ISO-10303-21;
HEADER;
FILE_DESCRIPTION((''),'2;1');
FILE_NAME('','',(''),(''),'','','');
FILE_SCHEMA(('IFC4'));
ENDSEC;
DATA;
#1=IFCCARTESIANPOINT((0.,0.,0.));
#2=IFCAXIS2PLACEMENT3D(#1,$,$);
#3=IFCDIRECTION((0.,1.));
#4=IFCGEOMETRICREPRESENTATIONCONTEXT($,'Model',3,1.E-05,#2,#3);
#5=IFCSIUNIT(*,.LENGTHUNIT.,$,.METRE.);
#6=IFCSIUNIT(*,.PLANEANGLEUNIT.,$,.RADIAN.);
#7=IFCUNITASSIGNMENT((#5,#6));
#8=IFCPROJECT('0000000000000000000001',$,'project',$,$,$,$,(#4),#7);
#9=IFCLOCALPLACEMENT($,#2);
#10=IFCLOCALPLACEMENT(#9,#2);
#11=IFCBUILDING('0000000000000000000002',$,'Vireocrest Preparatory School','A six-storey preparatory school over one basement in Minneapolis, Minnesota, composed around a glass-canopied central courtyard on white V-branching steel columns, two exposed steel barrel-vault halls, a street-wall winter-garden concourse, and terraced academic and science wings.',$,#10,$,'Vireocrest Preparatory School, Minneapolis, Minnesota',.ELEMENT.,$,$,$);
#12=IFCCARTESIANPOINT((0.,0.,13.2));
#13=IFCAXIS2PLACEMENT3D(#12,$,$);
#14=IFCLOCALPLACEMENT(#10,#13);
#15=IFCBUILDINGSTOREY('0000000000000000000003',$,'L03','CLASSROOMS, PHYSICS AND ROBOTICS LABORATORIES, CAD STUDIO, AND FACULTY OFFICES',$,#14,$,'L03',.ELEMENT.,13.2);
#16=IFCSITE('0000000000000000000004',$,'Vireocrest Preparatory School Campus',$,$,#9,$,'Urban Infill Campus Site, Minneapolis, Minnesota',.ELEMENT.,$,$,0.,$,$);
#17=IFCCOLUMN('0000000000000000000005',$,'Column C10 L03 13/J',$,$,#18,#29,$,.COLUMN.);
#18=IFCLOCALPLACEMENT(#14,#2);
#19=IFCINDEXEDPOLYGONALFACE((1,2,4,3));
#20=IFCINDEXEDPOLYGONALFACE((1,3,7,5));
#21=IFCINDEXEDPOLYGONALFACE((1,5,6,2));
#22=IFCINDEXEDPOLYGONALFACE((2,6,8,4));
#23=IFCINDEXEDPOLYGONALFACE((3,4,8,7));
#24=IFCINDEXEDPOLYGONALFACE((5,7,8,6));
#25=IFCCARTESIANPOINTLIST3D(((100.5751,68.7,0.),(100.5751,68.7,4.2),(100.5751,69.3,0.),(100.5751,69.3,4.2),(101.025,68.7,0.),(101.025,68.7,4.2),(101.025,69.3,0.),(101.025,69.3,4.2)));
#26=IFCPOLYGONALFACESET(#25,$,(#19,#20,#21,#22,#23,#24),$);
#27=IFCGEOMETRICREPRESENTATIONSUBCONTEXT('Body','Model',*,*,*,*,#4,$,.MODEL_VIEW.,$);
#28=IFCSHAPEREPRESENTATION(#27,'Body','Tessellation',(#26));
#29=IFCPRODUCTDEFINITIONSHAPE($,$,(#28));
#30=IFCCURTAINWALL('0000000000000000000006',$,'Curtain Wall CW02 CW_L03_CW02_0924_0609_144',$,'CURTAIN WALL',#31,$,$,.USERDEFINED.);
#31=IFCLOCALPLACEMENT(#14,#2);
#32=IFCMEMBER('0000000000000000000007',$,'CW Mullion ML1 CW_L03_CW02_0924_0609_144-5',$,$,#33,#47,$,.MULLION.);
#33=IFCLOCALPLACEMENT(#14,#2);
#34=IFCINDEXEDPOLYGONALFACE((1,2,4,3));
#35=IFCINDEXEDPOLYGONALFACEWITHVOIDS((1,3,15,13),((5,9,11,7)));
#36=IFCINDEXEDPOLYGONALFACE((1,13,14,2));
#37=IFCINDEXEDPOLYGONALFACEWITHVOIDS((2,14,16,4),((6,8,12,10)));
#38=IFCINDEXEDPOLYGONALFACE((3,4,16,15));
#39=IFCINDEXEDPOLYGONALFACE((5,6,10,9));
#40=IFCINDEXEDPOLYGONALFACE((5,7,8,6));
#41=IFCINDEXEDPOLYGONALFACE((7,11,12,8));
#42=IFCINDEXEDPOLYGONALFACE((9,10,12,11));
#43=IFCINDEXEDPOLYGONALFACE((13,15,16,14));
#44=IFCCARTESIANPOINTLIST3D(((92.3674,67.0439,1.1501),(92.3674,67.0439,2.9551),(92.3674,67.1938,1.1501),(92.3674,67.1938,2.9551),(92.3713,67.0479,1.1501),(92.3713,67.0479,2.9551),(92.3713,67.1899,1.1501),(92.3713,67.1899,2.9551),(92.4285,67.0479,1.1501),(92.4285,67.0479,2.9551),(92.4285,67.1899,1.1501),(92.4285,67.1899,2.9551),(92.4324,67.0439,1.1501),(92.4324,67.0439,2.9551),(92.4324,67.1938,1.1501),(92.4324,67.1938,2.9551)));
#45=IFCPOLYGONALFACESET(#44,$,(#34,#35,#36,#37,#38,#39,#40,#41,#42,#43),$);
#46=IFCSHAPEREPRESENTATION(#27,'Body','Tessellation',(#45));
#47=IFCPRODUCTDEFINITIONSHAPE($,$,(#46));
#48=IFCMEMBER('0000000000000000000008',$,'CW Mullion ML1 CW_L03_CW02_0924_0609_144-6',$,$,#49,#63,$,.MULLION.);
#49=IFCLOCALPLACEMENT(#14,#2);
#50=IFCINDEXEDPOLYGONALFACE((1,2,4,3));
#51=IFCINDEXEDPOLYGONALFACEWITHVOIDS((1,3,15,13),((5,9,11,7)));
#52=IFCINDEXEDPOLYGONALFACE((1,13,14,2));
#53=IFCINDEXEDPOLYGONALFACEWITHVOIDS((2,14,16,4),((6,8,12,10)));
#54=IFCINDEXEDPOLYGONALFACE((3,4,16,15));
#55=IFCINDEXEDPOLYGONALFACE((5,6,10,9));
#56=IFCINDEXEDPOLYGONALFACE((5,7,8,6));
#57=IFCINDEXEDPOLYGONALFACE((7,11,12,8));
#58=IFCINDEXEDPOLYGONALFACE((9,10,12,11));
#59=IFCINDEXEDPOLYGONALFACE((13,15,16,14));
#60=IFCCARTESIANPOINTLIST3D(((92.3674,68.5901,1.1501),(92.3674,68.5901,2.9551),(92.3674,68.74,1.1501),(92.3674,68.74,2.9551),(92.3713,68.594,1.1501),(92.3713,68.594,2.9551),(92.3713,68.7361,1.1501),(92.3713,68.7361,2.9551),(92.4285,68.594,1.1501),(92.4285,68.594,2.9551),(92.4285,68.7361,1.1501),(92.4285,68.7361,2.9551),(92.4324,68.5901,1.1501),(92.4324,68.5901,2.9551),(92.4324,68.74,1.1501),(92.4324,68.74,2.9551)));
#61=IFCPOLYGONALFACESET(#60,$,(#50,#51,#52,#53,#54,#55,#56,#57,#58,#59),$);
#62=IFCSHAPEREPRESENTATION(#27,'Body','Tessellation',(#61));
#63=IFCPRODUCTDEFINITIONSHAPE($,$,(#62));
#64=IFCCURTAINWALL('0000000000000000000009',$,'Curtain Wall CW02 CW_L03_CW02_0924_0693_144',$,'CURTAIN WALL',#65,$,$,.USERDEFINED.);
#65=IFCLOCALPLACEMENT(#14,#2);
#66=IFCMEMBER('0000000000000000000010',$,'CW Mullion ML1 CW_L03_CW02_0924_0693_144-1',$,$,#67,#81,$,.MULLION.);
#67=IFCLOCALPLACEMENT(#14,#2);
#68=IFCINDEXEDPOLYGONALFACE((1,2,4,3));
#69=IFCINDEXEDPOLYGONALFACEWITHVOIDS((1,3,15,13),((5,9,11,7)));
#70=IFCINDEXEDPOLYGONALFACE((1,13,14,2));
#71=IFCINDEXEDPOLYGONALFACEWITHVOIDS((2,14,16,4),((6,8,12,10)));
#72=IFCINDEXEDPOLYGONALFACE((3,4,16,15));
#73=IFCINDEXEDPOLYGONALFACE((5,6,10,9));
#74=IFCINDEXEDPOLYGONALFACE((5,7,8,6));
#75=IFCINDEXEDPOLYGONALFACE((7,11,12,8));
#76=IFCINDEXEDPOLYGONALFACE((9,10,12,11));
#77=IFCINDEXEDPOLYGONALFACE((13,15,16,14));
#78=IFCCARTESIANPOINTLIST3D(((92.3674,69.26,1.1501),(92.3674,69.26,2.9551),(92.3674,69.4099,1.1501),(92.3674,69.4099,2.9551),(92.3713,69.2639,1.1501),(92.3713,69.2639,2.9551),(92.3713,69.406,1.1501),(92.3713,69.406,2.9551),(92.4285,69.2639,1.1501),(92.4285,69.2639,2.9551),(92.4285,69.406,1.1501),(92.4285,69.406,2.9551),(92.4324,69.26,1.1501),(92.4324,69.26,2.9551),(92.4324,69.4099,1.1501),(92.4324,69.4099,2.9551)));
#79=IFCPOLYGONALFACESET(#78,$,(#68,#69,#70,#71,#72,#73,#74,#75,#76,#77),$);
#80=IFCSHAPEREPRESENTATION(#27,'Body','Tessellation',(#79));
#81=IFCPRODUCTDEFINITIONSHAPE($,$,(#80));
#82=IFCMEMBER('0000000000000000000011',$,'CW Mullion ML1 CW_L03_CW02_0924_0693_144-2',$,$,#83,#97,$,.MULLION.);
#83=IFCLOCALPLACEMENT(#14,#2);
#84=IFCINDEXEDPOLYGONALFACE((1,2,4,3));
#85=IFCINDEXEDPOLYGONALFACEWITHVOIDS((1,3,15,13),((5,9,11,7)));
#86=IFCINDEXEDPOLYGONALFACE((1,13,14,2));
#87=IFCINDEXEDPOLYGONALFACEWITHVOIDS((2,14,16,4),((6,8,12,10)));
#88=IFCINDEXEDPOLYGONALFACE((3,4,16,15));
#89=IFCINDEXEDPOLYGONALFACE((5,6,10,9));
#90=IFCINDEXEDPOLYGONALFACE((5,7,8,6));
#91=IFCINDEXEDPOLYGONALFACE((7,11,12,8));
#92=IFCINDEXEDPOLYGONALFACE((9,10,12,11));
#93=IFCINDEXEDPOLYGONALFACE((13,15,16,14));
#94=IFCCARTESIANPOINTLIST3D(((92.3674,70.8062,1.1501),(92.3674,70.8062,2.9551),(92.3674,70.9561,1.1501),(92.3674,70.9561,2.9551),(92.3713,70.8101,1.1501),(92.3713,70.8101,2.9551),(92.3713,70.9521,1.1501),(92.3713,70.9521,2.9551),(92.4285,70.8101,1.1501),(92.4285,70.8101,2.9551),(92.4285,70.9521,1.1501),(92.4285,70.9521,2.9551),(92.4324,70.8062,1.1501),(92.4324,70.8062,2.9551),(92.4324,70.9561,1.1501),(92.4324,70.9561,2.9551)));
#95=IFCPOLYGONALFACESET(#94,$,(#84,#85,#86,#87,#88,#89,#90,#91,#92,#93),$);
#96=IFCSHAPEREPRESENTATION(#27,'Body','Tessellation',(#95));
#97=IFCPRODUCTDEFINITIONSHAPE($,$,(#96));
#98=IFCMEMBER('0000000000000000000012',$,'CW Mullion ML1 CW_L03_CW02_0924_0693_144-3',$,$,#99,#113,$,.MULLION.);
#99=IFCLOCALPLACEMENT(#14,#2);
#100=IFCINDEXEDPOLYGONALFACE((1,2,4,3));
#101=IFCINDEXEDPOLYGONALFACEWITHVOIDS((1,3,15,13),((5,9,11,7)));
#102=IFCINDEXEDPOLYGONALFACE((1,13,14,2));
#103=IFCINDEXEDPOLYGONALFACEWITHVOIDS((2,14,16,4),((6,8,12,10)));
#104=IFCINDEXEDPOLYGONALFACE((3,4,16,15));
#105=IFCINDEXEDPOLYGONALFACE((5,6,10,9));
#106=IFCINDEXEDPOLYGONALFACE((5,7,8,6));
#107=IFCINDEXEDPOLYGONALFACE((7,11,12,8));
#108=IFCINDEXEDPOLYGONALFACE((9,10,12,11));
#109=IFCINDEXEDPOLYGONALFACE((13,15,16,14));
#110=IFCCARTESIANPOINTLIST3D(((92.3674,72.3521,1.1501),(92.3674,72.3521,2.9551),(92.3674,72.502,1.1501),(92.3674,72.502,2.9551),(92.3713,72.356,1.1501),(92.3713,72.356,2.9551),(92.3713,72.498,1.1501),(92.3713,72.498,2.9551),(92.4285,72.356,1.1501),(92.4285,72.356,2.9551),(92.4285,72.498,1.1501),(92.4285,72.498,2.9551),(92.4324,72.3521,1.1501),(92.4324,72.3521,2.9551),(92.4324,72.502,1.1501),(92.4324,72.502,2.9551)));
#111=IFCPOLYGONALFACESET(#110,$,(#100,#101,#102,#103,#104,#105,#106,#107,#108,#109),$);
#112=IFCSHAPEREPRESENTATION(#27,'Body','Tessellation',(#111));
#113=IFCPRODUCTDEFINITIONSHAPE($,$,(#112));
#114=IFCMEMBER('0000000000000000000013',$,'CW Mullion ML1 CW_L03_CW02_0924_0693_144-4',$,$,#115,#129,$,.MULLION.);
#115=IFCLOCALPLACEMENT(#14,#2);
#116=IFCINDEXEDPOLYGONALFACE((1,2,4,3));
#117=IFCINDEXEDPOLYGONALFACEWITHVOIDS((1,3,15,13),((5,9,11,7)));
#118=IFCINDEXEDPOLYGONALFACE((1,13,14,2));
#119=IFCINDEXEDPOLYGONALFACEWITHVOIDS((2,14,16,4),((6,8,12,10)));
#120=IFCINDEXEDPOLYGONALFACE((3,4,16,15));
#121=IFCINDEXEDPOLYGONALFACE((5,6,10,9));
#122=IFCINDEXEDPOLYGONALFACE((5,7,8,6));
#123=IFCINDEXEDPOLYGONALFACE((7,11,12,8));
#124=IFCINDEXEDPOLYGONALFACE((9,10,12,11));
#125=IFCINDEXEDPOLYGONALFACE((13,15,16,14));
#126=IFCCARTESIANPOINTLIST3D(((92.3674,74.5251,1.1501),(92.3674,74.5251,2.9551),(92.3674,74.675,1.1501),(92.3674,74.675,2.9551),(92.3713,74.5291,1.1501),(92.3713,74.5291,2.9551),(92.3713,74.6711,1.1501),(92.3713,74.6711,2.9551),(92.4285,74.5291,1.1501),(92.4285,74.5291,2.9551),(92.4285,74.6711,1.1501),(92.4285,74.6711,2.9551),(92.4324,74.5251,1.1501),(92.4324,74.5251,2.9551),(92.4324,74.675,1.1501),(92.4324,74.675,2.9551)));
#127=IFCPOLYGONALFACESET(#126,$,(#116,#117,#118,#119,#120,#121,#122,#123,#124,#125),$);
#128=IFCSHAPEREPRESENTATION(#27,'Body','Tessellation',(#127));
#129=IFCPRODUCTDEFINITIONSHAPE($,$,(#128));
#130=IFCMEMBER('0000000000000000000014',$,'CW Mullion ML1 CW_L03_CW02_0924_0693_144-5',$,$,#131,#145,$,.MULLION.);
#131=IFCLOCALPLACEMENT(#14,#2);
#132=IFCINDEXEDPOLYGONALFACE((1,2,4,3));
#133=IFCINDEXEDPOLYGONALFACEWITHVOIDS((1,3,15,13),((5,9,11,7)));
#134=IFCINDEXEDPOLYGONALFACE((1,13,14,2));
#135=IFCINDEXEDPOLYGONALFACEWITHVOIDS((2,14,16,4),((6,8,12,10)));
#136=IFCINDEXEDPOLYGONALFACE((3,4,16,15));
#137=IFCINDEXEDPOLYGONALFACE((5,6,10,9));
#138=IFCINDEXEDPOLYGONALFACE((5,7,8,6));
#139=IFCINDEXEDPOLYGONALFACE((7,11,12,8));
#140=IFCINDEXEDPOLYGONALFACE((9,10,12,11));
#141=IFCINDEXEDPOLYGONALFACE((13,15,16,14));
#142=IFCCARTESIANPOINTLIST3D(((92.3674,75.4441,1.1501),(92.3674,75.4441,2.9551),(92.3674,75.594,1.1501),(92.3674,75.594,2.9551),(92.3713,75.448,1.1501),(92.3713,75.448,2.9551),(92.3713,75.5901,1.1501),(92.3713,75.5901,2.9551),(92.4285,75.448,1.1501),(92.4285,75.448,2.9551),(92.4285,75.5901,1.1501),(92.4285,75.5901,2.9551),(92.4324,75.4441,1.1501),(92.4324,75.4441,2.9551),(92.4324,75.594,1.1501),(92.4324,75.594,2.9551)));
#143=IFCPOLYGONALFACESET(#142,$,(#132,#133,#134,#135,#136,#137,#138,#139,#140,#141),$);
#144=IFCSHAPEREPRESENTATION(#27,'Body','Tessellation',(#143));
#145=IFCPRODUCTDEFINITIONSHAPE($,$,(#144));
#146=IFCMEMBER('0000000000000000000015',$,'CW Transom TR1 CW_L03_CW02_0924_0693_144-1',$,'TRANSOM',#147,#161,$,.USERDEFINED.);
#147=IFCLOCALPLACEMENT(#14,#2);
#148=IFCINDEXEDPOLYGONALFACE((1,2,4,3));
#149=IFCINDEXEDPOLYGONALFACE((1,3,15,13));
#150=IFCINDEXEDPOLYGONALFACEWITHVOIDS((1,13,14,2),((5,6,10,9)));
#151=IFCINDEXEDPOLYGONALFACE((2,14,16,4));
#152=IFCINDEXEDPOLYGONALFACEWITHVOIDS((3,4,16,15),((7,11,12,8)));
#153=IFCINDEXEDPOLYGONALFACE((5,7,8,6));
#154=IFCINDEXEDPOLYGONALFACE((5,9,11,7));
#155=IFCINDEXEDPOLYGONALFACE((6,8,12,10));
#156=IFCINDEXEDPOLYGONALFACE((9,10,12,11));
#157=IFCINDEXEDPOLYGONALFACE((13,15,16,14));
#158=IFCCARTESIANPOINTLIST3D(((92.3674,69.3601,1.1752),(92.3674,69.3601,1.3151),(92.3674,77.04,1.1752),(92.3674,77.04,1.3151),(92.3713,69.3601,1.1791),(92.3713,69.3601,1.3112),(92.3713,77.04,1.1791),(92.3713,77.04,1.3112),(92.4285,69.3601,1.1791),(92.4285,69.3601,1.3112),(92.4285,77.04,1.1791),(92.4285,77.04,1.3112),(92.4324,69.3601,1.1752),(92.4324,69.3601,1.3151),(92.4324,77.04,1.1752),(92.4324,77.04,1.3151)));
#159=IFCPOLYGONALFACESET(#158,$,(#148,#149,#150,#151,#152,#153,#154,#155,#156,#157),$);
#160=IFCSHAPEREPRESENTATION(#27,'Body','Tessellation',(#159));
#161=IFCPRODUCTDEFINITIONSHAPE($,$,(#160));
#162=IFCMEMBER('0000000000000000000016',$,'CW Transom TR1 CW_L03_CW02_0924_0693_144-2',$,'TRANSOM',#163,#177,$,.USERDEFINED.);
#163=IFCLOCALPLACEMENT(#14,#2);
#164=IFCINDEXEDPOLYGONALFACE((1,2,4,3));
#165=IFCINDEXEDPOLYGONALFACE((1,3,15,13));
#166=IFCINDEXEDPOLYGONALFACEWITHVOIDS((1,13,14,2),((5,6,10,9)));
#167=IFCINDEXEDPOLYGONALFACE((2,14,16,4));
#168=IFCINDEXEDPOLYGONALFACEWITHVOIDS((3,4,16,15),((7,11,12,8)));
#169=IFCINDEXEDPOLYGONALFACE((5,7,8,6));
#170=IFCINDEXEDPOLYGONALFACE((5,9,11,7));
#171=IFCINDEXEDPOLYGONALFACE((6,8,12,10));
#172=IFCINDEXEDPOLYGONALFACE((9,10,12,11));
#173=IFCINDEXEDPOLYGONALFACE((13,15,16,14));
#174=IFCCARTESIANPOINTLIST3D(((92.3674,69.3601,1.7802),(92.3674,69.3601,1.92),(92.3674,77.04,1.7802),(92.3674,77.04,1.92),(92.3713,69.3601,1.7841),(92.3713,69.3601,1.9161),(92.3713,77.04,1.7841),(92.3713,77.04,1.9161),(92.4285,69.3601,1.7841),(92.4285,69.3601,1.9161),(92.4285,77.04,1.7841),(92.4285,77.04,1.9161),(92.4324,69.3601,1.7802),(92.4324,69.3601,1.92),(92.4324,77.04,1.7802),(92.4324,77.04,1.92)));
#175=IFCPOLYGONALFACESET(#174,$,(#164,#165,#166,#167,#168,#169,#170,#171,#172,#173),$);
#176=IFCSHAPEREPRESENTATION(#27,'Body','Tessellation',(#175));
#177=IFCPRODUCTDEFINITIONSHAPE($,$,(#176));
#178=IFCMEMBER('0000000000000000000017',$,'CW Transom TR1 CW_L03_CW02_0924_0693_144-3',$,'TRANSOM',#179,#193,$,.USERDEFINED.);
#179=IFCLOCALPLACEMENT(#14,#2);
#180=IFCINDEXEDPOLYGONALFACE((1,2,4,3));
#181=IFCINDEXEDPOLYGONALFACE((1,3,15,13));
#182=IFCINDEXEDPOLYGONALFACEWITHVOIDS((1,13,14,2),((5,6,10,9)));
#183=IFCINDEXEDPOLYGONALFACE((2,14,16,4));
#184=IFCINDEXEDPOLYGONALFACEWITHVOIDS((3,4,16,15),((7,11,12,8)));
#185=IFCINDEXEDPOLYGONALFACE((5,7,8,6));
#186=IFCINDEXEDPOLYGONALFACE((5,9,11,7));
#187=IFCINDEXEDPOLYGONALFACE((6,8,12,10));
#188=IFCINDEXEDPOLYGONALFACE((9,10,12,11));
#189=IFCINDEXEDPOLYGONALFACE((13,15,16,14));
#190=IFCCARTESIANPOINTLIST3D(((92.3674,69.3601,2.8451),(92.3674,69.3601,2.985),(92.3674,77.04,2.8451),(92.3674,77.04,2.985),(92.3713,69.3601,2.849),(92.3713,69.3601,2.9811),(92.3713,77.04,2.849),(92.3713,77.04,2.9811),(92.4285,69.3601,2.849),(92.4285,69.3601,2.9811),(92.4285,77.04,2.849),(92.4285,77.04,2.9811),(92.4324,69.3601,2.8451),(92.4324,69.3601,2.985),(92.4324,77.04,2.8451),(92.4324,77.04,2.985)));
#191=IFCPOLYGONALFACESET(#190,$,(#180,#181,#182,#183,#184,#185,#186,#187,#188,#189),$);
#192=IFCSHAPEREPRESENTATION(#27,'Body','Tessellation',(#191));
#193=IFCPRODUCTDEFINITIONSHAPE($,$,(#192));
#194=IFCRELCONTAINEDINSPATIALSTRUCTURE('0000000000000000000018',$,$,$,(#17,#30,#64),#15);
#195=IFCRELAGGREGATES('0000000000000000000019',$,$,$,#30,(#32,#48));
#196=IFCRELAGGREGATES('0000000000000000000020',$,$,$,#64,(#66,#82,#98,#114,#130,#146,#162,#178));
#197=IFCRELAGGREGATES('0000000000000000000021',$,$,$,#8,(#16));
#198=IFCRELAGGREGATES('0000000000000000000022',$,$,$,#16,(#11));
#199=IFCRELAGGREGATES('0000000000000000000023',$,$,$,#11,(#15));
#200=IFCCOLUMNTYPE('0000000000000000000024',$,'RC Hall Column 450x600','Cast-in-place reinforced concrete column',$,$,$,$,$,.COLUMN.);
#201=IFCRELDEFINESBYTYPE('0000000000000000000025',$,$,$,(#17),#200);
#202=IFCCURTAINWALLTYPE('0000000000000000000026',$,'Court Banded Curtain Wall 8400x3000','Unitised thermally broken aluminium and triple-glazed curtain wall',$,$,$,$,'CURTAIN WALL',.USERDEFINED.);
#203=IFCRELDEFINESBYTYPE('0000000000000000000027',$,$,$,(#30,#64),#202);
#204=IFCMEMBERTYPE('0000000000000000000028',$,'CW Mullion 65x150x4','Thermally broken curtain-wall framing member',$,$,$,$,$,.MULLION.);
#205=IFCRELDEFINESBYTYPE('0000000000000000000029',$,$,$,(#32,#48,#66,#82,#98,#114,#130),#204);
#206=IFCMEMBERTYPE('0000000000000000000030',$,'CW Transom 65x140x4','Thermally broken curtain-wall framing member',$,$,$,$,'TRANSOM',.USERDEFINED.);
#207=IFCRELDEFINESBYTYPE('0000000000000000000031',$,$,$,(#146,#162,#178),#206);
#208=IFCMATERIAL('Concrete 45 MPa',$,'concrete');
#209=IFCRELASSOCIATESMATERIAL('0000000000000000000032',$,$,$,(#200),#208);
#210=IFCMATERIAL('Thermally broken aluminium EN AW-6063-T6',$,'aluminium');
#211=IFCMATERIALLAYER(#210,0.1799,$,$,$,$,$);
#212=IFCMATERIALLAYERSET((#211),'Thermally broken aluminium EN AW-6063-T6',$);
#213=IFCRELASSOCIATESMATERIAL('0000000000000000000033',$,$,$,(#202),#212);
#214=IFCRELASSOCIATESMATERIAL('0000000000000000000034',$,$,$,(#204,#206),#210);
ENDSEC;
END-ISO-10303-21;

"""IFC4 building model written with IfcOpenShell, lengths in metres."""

from ifc_helpers import new_model, si_unit, direction, frame, origin, origin_2d, place, context, subcontext, project, spatial, rectangle, hollow_rectangle, extrude, material, layer, layer_set, material_profile, profile_set, type_object, element, aggregate, save


model = new_model("IFC4")

# Units and contexts
model_context = context("Model", 3, precision=1e-05, world=origin(), true_north=direction((0.0, 1.0)))
body_context = subcontext(model_context, "Body", "Model", "MODEL_VIEW")
ifc_project = project(units=[si_unit("LENGTHUNIT", "METRE"), si_unit("PLANEANGLEUNIT", "RADIAN")], contexts=[model_context])

# Site, building, storey
site_placement = place(None, origin())
site = spatial("IfcSite", under=ifc_project, at=site_placement, Name="Vireocrest Preparatory School Campus", LongName="Urban Infill Campus Site, Minneapolis, Minnesota", CompositionType="ELEMENT", RefElevation=0.0)
building_placement = place(site_placement, origin())
building = spatial("IfcBuilding", under=site, at=building_placement, Name="Vireocrest Preparatory School", Description="A six-storey preparatory school over one basement in Minneapolis, Minnesota, composed around a glass-canopied central courtyard on white V-branching steel columns, two exposed steel barrel-vault halls, a street-wall winter-garden concourse, and terraced academic and science wings.", LongName="Vireocrest Preparatory School, Minneapolis, Minnesota", CompositionType="ELEMENT")
storey_placement = place(building_placement, frame((0.0, 0.0, 13.2)))
storey = spatial("IfcBuildingStorey", under=building, at=storey_placement, Name="L03", Description="CLASSROOMS, PHYSICS AND ROBOTICS LABORATORIES, CAD STUDIO, AND FACULTY OFFICES", LongName="L03", CompositionType="ELEMENT", Elevation=13.2)

# Column
ifc_material_1 = material(Name="Concrete 45 MPa", Category="concrete")
ifc_material_profile_1 = material_profile(ifc_material_1, rectangle(XDim=0.45, YDim=0.6001, at=origin_2d()), Name="RC 450x600")
ifc_profile_set_1 = profile_set([ifc_material_profile_1], Name="Concrete 45 MPa")
column_type = type_object("IfcColumnType", Name="RC Hall Column 450x600", Description="Cast-in-place reinforced concrete column", PredefinedType="COLUMN", material=ifc_profile_set_1)
column_placement = place(storey_placement, frame((100.8, 69.0, 0.0), z_axis=(0.0, 0.0, 1.0), x_axis=(1.0, 0.0, 0.0)))
element("IfcColumn", 1, at=column_placement, inside=storey, type_object=column_type, Name="Column C10 L03 13/J", PredefinedType="COLUMN", context=body_context, shape_type="SweptSolid", body=[
    extrude(rectangle(XDim=0.45, YDim=0.6001, at=origin_2d()), origin(), (0.0, 0.0, 1.0), 4.2),
])

# Curtain walls, members
ifc_material_2 = material(Name="Thermally broken aluminium EN AW-6063-T6", Category="aluminium")
ifc_layer_1 = layer(ifc_material_2, 0.1799)
ifc_layer_set_1 = layer_set([ifc_layer_1], Name="Thermally broken aluminium EN AW-6063-T6")
curtain_wall_type = type_object("IfcCurtainWallType", Name="Court Banded Curtain Wall 8400x3000", Description="Unitised thermally broken aluminium and triple-glazed curtain wall", ElementType="CURTAIN WALL", PredefinedType="USERDEFINED", material=ifc_layer_set_1)
curtain_wall_1_placement = place(storey_placement, origin())
curtain_wall_1 = element("IfcCurtainWall", 2, at=curtain_wall_1_placement, inside=storey, type_object=curtain_wall_type, Name="Curtain Wall CW02 CW_L03_CW02_0924_0609_144", ObjectType="CURTAIN WALL", PredefinedType="USERDEFINED")
ifc_material_profile_2 = material_profile(ifc_material_2, hollow_rectangle(XDim=0.0649, YDim=0.1499, WallThickness=0.0039, at=origin_2d()), Name="ALU 65x150x4")
ifc_profile_set_2 = profile_set([ifc_material_profile_2], Name="Thermally broken aluminium EN AW-6063-T6")
member_type_1 = type_object("IfcMemberType", Name="CW Mullion 65x150x4", Description="Thermally broken curtain-wall framing member", PredefinedType="MULLION", material=ifc_profile_set_2)
member_1_placement = place(storey_placement, frame((92.3999, 67.1189, 1.1501), z_axis=(0.0, 0.0, 1.0), x_axis=(1.0, 0.0, 0.0)))
member_1 = element("IfcMember", 3, at=member_1_placement, type_object=member_type_1, Name="CW Mullion ML1 CW_L03_CW02_0924_0609_144-5", PredefinedType="MULLION", context=body_context, shape_type="SweptSolid", body=[
    extrude(hollow_rectangle(XDim=0.0649, YDim=0.1499, WallThickness=0.0039, at=origin_2d()), origin(), (0.0, 0.0, 1.0), 1.8049),
])
member_2_placement = place(storey_placement, frame((92.3999, 68.665, 1.1501), z_axis=(0.0, 0.0, 1.0), x_axis=(1.0, 0.0, 0.0)))
member_2 = element("IfcMember", 4, at=member_2_placement, type_object=member_type_1, Name="CW Mullion ML1 CW_L03_CW02_0924_0609_144-6", PredefinedType="MULLION", context=body_context, shape_type="SweptSolid", body=[
    extrude(hollow_rectangle(XDim=0.0649, YDim=0.1499, WallThickness=0.0039, at=origin_2d()), origin(), (0.0, 0.0, 1.0), 1.8049),
])
curtain_wall_2_placement = place(storey_placement, origin())
curtain_wall_2 = element("IfcCurtainWall", 5, at=curtain_wall_2_placement, inside=storey, type_object=curtain_wall_type, Name="Curtain Wall CW02 CW_L03_CW02_0924_0693_144", ObjectType="CURTAIN WALL", PredefinedType="USERDEFINED")
member_3_placement = place(storey_placement, frame((92.3999, 69.335, 1.1501), z_axis=(0.0, 0.0, 1.0), x_axis=(1.0, 0.0, 0.0)))
member_3 = element("IfcMember", 6, at=member_3_placement, type_object=member_type_1, Name="CW Mullion ML1 CW_L03_CW02_0924_0693_144-1", PredefinedType="MULLION", context=body_context, shape_type="SweptSolid", body=[
    extrude(hollow_rectangle(XDim=0.0649, YDim=0.1499, WallThickness=0.0039, at=origin_2d()), origin(), (0.0, 0.0, 1.0), 1.8049),
])
member_4_placement = place(storey_placement, frame((92.3999, 70.8811, 1.1501), z_axis=(0.0, 0.0, 1.0), x_axis=(1.0, 0.0, 0.0)))
member_4 = element("IfcMember", 7, at=member_4_placement, type_object=member_type_1, Name="CW Mullion ML1 CW_L03_CW02_0924_0693_144-2", PredefinedType="MULLION", context=body_context, shape_type="SweptSolid", body=[
    extrude(hollow_rectangle(XDim=0.0649, YDim=0.1499, WallThickness=0.0039, at=origin_2d()), origin(), (0.0, 0.0, 1.0), 1.8049),
])
member_5_placement = place(storey_placement, frame((92.3999, 72.427, 1.1501), z_axis=(0.0, 0.0, 1.0), x_axis=(1.0, 0.0, 0.0)))
member_5 = element("IfcMember", 8, at=member_5_placement, type_object=member_type_1, Name="CW Mullion ML1 CW_L03_CW02_0924_0693_144-3", PredefinedType="MULLION", context=body_context, shape_type="SweptSolid", body=[
    extrude(hollow_rectangle(XDim=0.0649, YDim=0.1499, WallThickness=0.0039, at=origin_2d()), origin(), (0.0, 0.0, 1.0), 1.8049),
])
member_6_placement = place(storey_placement, frame((92.3999, 74.6001, 1.1501), z_axis=(0.0, 0.0, 1.0), x_axis=(1.0, 0.0, 0.0)))
member_6 = element("IfcMember", 9, at=member_6_placement, type_object=member_type_1, Name="CW Mullion ML1 CW_L03_CW02_0924_0693_144-4", PredefinedType="MULLION", context=body_context, shape_type="SweptSolid", body=[
    extrude(hollow_rectangle(XDim=0.0649, YDim=0.1499, WallThickness=0.0039, at=origin_2d()), origin(), (0.0, 0.0, 1.0), 1.8049),
])
member_7_placement = place(storey_placement, frame((92.3999, 75.519, 1.1501), z_axis=(0.0, 0.0, 1.0), x_axis=(1.0, 0.0, 0.0)))
member_7 = element("IfcMember", 10, at=member_7_placement, type_object=member_type_1, Name="CW Mullion ML1 CW_L03_CW02_0924_0693_144-5", PredefinedType="MULLION", context=body_context, shape_type="SweptSolid", body=[
    extrude(hollow_rectangle(XDim=0.0649, YDim=0.1499, WallThickness=0.0039, at=origin_2d()), origin(), (0.0, 0.0, 1.0), 1.8049),
])
ifc_material_profile_3 = material_profile(ifc_material_2, hollow_rectangle(XDim=0.0649, YDim=0.1399, WallThickness=0.0039, at=origin_2d()), Name="ALU 65x140x4")
ifc_profile_set_3 = profile_set([ifc_material_profile_3], Name="Thermally broken aluminium EN AW-6063-T6")
member_type_2 = type_object("IfcMemberType", Name="CW Transom 65x140x4", Description="Thermally broken curtain-wall framing member", ElementType="TRANSOM", PredefinedType="USERDEFINED", material=ifc_profile_set_3)
member_8_placement = place(storey_placement, frame((92.3999, 69.3601, 1.2451), z_axis=(0.0, 1.0, 0.0), x_axis=(-1.0, 0.0, 0.0)))
member_8 = element("IfcMember", 11, at=member_8_placement, type_object=member_type_2, Name="CW Transom TR1 CW_L03_CW02_0924_0693_144-1", ObjectType="TRANSOM", PredefinedType="USERDEFINED", context=body_context, shape_type="SweptSolid", body=[
    extrude(hollow_rectangle(XDim=0.0649, YDim=0.1399, WallThickness=0.0039, at=origin_2d()), origin(), (0.0, 0.0, 1.0), 7.6799),
])
member_9_placement = place(storey_placement, frame((92.3999, 69.3601, 1.8501), z_axis=(0.0, 1.0, 0.0), x_axis=(-1.0, 0.0, 0.0)))
member_9 = element("IfcMember", 12, at=member_9_placement, type_object=member_type_2, Name="CW Transom TR1 CW_L03_CW02_0924_0693_144-2", ObjectType="TRANSOM", PredefinedType="USERDEFINED", context=body_context, shape_type="SweptSolid", body=[
    extrude(hollow_rectangle(XDim=0.0649, YDim=0.1399, WallThickness=0.0039, at=origin_2d()), origin(), (0.0, 0.0, 1.0), 7.6799),
])
member_10_placement = place(storey_placement, frame((92.3999, 69.3601, 2.915), z_axis=(0.0, 1.0, 0.0), x_axis=(-1.0, 0.0, 0.0)))
member_10 = element("IfcMember", 13, at=member_10_placement, type_object=member_type_2, Name="CW Transom TR1 CW_L03_CW02_0924_0693_144-3", ObjectType="TRANSOM", PredefinedType="USERDEFINED", context=body_context, shape_type="SweptSolid", body=[
    extrude(hollow_rectangle(XDim=0.0649, YDim=0.1399, WallThickness=0.0039, at=origin_2d()), origin(), (0.0, 0.0, 1.0), 7.6799),
])

aggregate(curtain_wall_1, [member_1, member_2])
aggregate(curtain_wall_2, [member_3, member_4, member_5, member_6, member_7, member_8, member_9, member_10])

save(model, "model.ifc")
